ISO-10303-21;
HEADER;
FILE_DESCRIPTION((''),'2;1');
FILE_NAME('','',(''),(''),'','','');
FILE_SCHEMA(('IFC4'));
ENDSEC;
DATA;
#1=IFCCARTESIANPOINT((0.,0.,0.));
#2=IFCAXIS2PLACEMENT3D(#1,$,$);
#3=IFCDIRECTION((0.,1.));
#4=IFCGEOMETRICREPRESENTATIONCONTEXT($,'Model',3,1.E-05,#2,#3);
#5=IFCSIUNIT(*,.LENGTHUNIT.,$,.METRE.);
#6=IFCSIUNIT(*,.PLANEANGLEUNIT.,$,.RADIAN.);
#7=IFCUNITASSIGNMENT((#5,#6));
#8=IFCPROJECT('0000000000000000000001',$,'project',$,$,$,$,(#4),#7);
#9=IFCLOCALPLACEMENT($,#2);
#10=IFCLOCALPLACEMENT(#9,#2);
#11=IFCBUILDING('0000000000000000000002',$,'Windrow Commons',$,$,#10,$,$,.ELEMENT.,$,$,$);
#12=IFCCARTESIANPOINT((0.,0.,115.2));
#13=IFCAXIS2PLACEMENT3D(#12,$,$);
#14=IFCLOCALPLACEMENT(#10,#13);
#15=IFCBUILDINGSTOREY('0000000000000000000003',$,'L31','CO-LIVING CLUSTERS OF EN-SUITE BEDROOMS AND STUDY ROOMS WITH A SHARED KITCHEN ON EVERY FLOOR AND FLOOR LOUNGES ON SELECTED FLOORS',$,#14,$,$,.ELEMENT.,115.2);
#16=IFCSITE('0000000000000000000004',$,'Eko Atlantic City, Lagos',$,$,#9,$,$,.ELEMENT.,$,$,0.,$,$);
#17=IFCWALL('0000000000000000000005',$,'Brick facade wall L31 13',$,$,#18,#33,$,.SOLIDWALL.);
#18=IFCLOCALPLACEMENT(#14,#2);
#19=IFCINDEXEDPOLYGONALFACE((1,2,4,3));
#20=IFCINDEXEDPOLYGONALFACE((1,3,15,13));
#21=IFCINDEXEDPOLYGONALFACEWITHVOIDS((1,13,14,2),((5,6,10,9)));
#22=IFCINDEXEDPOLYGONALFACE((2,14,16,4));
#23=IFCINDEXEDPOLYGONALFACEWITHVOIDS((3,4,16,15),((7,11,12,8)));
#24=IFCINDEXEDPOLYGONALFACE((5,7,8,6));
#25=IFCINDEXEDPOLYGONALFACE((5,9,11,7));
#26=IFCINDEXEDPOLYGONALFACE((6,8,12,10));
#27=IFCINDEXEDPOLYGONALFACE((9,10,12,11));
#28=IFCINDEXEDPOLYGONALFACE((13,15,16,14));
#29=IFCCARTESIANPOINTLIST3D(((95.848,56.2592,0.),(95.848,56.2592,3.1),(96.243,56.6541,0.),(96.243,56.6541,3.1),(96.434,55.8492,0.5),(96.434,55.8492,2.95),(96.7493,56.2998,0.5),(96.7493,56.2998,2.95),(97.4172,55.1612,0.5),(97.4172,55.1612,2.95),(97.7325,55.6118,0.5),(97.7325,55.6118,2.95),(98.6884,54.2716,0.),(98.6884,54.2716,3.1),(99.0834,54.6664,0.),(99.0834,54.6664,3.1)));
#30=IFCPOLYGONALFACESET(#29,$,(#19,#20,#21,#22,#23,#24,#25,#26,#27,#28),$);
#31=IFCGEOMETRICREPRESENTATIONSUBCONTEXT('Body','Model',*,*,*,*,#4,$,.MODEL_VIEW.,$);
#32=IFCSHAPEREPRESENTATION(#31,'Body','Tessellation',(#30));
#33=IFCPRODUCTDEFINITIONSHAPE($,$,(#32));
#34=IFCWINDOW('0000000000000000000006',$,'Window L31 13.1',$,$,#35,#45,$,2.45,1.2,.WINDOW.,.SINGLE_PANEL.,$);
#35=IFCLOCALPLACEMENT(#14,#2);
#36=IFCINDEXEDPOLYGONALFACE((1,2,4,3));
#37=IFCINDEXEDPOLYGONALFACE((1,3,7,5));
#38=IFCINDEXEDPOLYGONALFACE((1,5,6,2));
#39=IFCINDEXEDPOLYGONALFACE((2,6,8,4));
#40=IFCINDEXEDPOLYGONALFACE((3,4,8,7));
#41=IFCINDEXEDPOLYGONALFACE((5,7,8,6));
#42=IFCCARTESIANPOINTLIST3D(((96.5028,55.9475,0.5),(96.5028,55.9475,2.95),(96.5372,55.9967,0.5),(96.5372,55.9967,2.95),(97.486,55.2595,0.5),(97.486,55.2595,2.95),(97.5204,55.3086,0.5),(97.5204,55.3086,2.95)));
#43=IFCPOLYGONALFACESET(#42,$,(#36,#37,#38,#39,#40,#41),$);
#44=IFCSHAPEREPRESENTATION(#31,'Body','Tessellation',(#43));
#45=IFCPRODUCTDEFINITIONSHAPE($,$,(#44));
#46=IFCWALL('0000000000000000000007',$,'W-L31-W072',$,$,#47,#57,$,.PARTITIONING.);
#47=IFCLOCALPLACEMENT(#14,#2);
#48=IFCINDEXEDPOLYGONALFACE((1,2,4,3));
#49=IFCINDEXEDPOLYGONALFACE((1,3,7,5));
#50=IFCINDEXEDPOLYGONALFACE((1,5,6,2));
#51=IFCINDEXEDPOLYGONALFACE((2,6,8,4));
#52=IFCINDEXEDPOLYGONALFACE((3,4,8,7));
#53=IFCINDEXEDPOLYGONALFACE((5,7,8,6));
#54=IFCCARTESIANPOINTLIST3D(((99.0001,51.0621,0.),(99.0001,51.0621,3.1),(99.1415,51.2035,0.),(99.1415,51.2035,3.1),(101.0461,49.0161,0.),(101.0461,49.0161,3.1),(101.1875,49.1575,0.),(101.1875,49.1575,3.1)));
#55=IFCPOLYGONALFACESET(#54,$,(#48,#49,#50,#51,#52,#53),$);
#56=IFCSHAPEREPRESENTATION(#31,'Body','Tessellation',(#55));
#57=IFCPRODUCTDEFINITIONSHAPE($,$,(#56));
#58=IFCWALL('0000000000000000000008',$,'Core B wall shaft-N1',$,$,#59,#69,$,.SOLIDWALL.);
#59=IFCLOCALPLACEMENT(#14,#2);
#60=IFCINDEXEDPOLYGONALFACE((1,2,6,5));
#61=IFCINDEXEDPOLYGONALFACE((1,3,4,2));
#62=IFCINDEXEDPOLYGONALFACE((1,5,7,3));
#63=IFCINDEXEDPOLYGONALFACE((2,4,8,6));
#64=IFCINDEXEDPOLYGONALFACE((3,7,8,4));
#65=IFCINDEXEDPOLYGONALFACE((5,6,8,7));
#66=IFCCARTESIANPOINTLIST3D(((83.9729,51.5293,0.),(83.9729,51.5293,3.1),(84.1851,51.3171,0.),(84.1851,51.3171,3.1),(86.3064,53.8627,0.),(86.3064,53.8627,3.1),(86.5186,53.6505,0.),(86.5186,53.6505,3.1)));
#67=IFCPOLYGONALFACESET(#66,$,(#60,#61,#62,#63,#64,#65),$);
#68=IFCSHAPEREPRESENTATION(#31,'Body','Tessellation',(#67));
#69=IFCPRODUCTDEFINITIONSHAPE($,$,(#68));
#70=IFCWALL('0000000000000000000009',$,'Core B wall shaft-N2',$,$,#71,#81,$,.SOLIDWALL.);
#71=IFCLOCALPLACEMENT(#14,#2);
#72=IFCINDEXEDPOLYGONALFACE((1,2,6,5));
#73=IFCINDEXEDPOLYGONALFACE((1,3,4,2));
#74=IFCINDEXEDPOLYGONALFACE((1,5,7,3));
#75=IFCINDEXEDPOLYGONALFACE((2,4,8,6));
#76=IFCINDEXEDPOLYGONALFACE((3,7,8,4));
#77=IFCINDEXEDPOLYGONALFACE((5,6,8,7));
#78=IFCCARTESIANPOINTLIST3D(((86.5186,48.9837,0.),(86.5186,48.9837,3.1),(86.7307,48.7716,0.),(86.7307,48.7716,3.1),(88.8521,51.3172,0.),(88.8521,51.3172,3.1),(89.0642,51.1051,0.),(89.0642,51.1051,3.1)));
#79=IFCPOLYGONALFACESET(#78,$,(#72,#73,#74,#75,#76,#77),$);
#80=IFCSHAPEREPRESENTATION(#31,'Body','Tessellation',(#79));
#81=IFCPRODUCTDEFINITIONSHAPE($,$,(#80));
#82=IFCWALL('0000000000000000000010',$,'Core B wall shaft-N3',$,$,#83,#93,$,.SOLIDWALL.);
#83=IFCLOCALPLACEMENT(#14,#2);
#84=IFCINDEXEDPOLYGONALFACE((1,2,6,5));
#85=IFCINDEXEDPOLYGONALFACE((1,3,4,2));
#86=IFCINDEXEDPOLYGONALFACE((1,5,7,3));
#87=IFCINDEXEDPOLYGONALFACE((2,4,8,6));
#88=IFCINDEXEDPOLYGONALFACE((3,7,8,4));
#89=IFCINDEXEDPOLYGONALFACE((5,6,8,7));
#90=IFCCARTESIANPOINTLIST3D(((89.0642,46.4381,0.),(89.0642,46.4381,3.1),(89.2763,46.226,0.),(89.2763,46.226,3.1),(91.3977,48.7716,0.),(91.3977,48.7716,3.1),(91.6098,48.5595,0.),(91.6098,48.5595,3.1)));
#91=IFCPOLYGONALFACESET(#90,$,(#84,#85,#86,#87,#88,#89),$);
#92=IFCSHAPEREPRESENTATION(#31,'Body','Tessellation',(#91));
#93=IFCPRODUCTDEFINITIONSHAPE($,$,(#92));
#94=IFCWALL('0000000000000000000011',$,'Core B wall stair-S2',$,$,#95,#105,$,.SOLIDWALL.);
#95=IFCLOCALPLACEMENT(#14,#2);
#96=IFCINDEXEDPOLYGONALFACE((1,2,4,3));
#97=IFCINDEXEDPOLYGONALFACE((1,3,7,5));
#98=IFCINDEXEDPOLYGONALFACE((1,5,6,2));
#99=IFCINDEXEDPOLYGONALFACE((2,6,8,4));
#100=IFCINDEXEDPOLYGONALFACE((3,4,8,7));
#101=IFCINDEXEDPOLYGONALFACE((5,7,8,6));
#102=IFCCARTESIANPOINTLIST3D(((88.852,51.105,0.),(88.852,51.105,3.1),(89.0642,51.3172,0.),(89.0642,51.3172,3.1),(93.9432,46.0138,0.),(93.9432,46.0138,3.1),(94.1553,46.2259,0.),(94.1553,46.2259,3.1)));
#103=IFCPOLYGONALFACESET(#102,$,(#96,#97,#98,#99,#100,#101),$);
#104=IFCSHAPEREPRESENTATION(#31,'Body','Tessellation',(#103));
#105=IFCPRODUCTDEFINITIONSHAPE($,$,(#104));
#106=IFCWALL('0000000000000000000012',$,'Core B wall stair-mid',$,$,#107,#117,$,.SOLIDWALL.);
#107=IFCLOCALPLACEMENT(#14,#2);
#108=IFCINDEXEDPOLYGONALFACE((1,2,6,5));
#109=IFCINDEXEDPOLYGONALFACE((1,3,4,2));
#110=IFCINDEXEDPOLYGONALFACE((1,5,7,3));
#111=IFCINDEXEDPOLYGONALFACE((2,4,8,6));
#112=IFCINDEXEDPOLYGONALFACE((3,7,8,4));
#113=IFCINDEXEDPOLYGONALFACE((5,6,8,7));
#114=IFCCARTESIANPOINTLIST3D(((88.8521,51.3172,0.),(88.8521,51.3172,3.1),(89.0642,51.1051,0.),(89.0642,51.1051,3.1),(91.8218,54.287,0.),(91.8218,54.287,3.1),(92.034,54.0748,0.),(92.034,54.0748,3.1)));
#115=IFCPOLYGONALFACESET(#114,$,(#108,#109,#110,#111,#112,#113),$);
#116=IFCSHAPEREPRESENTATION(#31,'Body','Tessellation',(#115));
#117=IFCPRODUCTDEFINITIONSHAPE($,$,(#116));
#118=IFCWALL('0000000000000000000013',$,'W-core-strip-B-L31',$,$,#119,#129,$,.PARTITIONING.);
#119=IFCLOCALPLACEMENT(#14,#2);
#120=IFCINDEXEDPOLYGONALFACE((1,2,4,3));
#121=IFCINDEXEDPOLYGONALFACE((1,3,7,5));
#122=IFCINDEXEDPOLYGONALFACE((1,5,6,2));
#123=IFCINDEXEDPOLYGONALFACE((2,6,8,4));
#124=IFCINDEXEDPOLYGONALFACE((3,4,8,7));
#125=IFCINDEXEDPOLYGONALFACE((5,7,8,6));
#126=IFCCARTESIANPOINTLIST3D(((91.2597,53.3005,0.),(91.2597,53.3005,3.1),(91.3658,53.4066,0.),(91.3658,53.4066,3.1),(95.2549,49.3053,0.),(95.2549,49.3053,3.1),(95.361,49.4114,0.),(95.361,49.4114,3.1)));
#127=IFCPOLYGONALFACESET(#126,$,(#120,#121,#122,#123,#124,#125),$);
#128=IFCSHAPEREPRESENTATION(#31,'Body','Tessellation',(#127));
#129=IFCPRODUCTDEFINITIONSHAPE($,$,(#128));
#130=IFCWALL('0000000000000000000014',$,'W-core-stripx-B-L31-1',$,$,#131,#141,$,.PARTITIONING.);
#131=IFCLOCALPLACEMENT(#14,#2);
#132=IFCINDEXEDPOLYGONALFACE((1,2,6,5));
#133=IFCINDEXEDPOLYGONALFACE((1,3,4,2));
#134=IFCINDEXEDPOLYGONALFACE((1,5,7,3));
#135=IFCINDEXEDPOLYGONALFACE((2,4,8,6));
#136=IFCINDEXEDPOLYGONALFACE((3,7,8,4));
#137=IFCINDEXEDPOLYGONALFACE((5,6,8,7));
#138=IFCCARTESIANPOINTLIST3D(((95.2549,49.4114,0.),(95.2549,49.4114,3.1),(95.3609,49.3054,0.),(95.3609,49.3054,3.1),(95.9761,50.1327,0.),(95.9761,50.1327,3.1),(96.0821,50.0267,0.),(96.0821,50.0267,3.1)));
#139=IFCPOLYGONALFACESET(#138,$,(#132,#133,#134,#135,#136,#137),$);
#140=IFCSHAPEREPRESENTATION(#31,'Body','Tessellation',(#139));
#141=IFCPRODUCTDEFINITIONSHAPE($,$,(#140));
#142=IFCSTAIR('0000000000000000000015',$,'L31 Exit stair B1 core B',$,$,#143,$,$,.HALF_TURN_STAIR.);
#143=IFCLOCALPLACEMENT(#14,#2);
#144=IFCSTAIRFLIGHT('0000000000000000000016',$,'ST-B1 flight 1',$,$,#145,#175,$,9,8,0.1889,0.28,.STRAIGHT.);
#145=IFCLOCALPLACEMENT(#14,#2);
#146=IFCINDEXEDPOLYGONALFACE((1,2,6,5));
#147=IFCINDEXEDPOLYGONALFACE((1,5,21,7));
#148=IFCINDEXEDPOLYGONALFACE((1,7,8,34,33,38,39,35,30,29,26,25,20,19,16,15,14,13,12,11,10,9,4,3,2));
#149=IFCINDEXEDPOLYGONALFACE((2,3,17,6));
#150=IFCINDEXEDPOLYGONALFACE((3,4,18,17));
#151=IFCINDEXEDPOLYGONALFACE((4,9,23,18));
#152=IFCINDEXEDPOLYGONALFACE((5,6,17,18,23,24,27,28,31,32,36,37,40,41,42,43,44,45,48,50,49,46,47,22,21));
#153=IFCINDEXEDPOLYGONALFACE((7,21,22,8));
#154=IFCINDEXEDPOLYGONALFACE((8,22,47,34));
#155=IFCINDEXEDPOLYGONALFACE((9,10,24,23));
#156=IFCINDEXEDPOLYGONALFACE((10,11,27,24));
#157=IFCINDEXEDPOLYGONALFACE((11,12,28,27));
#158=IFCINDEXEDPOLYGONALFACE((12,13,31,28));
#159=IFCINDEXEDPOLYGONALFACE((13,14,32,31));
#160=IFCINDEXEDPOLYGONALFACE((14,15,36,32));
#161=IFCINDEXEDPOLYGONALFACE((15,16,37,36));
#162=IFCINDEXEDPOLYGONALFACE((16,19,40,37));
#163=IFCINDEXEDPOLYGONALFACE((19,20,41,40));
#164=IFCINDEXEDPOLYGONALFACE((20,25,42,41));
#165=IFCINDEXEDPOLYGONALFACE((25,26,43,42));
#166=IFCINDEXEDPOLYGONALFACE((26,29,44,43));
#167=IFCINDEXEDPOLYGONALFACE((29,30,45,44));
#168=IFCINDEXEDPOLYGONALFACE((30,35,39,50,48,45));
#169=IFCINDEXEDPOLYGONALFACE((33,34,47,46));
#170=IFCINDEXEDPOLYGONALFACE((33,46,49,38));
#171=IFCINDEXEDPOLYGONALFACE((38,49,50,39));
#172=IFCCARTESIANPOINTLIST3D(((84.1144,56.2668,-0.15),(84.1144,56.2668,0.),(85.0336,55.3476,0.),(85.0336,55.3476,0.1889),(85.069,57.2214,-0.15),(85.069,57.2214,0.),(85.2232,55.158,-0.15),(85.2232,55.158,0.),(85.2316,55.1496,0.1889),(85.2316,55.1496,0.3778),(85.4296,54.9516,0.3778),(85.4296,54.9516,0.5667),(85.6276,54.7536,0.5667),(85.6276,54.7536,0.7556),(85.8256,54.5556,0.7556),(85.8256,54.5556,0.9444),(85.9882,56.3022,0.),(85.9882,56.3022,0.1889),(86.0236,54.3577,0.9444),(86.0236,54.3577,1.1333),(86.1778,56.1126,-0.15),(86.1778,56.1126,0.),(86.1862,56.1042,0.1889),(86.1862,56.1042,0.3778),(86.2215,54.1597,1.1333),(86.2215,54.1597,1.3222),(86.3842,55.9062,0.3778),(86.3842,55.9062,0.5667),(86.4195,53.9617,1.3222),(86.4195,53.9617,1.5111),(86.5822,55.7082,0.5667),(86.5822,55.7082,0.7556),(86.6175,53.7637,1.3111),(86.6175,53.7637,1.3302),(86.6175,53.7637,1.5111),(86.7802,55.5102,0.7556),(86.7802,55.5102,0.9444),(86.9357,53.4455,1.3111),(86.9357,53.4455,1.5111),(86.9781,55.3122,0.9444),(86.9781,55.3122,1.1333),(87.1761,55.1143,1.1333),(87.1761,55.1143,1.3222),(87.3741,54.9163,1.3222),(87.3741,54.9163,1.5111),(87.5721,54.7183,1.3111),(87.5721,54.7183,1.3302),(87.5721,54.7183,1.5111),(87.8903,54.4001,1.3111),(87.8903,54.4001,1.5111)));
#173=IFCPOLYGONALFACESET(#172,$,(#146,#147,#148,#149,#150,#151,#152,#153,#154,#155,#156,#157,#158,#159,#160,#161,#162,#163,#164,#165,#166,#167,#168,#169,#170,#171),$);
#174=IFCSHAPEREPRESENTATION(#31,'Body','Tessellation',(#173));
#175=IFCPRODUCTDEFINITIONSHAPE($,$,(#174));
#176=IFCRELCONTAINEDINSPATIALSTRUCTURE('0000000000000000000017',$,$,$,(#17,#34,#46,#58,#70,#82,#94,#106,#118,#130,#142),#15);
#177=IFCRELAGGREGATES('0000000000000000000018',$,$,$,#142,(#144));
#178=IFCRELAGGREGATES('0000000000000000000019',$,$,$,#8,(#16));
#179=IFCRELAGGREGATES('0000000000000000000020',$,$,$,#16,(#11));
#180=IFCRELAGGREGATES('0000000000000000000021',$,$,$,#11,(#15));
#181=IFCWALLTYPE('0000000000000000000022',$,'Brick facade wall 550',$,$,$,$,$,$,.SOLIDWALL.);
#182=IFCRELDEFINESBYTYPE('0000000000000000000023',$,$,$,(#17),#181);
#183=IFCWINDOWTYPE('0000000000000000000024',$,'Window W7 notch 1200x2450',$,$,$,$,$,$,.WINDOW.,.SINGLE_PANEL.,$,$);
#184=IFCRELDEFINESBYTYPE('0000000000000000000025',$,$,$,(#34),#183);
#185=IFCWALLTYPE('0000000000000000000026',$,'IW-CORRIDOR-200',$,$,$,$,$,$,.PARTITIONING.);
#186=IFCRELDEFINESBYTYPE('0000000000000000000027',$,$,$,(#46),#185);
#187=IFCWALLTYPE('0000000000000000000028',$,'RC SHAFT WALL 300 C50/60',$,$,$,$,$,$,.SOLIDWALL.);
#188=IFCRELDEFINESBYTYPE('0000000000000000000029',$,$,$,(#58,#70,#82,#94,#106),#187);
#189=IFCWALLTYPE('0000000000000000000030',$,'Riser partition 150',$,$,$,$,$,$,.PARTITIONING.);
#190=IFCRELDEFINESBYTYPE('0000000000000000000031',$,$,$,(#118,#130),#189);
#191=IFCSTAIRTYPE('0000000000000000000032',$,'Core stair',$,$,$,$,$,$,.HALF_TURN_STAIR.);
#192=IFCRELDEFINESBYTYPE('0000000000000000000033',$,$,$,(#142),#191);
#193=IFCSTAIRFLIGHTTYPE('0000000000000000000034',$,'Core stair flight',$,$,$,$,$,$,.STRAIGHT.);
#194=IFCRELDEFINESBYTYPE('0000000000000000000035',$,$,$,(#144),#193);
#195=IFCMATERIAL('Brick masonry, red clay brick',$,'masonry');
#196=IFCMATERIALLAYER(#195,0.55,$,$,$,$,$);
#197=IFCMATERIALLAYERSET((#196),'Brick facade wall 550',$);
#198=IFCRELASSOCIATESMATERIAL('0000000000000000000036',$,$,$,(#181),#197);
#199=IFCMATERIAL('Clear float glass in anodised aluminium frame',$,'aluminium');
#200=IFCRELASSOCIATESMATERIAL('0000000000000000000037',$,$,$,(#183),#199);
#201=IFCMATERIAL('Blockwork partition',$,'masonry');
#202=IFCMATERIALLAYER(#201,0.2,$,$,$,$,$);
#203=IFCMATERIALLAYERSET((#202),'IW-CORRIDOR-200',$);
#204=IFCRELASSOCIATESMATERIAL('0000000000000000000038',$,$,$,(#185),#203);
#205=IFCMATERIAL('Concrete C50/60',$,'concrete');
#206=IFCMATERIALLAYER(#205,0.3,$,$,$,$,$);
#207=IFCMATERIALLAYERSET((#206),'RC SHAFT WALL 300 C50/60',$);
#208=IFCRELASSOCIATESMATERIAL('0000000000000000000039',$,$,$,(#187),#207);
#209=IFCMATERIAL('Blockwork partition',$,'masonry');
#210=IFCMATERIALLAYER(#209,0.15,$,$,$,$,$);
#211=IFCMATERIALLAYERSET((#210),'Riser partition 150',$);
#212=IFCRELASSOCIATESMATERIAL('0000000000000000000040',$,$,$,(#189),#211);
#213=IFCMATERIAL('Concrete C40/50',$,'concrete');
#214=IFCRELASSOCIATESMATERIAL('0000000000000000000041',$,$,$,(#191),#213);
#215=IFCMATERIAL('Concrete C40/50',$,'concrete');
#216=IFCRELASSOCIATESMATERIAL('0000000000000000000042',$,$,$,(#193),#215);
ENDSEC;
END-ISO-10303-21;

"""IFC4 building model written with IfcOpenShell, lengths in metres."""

from ifc_helpers import new_model, si_unit, direction, frame, frame_2d, origin, place, context, subcontext, project, spatial, polyline, rectangle, outline, extrude, material, layer, layer_set, type_object, element, fill, aggregate, save


model = new_model("IFC4")

# Units and contexts
model_context = context("Model", 3, precision=1e-05, world=origin(), true_north=direction((0.0, 1.0)))
body_context = subcontext(model_context, "Body", "Model", "MODEL_VIEW")
ifc_project = project(units=[si_unit("LENGTHUNIT", "METRE"), si_unit("PLANEANGLEUNIT", "RADIAN")], contexts=[model_context])

# Site, building, storey
site_placement = place(None, origin())
site = spatial("IfcSite", under=ifc_project, at=site_placement, Name="Eko Atlantic City, Lagos", CompositionType="ELEMENT", RefElevation=0.0)
building_placement = place(site_placement, origin())
building = spatial("IfcBuilding", under=site, at=building_placement, Name="Windrow Commons", CompositionType="ELEMENT")
storey_placement = place(building_placement, frame((0.0, 0.0, 115.2)))
storey = spatial("IfcBuildingStorey", under=building, at=storey_placement, Name="L31", Description="CO-LIVING CLUSTERS OF EN-SUITE BEDROOMS AND STUDY ROOMS WITH A SHARED KITCHEN ON EVERY FLOOR AND FLOOR LOUNGES ON SELECTED FLOORS", CompositionType="ELEMENT", Elevation=115.2)

# Wall, opening, window
ifc_material_1 = material(Name="Brick masonry, red clay brick", Category="masonry")
ifc_layer_1 = layer(ifc_material_1, 0.55)
ifc_layer_set_1 = layer_set([ifc_layer_1], Name="Brick facade wall 550")
wall_type_1 = type_object("IfcWallType", Name="Brick facade wall 550", PredefinedType="SOLIDWALL", material=ifc_layer_set_1)
ifc_material_2 = material(Name="Clear float glass in anodised aluminium frame", Category="aluminium")
window_type = type_object("IfcWindowType", Name="Window W7 notch 1200x2450", PartitioningType="SINGLE_PANEL", PredefinedType="WINDOW", material=ifc_material_2)
wall_1_placement = place(storey_placement, frame((98.8859, 54.469, 0.0), z_axis=(0.0, 0.0, 1.0), x_axis=(-0.819311, 0.57335, 0.0)))
wall_1 = element("IfcWall", 1, at=wall_1_placement, inside=storey, type_object=wall_type_1, Name="Brick facade wall L31 13", PredefinedType="SOLIDWALL", context=body_context, shape_type="SweptSolid", body=[
    extrude(outline(polyline([(-0.0486, -0.275), (3.4182, -0.275), (3.5154, 0.275), (0.0486, 0.275), (-0.0486, -0.275)])), origin(), (0.0, 0.0, 1.0), 3.1),
])
opening_1_placement = place(wall_1_placement, frame((1.6002, 0.0, 0.5)))
opening_1 = element("IfcOpeningElement", 2, at=opening_1_placement, cuts=wall_1, PredefinedType="OPENING", context=body_context, shape_type="SweptSolid", body=[
    extrude(rectangle(XDim=1.2, YDim=2.45, at=frame_2d((0.6, 1.225))), frame((0.0, 0.285, 0.0), z_axis=(0.0, -1.0, 0.0), x_axis=(1.0, 0.0, 0.0)), (0.0, 0.0, 1.0), 0.57),
])
window_1_placement = place(opening_1_placement, origin())
window_1 = element("IfcWindow", 3, at=window_1_placement, inside=storey, type_object=window_type, Name="Window L31 13.1", OverallHeight=2.45, OverallWidth=1.2, PartitioningType="SINGLE_PANEL", PredefinedType="WINDOW", context=body_context, shape_type="SweptSolid", body=[
    extrude(rectangle(XDim=1.2, YDim=2.45, at=frame_2d((0.6, 1.225))), frame((0.0, 0.155, 0.0), z_axis=(0.0, -1.0, 0.0), x_axis=(1.0, 0.0, 0.0)), (0.0, 0.0, 1.0), 0.06),
])
fill(opening_1, window_1)

# Walls
ifc_material_3 = material(Name="Blockwork partition", Category="masonry")
ifc_layer_2 = layer(ifc_material_3, 0.2)
ifc_layer_set_2 = layer_set([ifc_layer_2], Name="IW-CORRIDOR-200")
wall_type_2 = type_object("IfcWallType", Name="IW-CORRIDOR-200", PredefinedType="PARTITIONING", material=ifc_layer_set_2)
wall_2_placement = place(storey_placement, frame((99.0708, 51.1328, 0.0), z_axis=(0.0, 0.0, 1.0), x_axis=(0.707107, -0.707107, 0.0)))
element("IfcWall", 4, at=wall_2_placement, inside=storey, type_object=wall_type_2, Name="W-L31-W072", PredefinedType="PARTITIONING", context=body_context, shape_type="SweptSolid", body=[
    extrude(rectangle(XDim=2.8935, YDim=0.2, at=frame_2d((1.4467, 0.0))), origin(), (0.0, 0.0, 1.0), 3.1),
])
ifc_material_4 = material(Name="Concrete C50/60", Category="concrete")
ifc_layer_3 = layer(ifc_material_4, 0.3)
ifc_layer_set_3 = layer_set([ifc_layer_3], Name="RC SHAFT WALL 300 C50/60")
wall_type_3 = type_object("IfcWallType", Name="RC SHAFT WALL 300 C50/60", PredefinedType="SOLIDWALL", material=ifc_layer_set_3)
wall_3_placement = place(storey_placement, frame((84.079, 51.4232, 0.0), z_axis=(0.0, 0.0, 1.0), x_axis=(0.707122, 0.707092, 0.0)))
element("IfcWall", 5, at=wall_3_placement, inside=storey, type_object=wall_type_3, Name="Core B wall shaft-N1", PredefinedType="SOLIDWALL", context=body_context, shape_type="SweptSolid", body=[
    extrude(rectangle(XDim=3.3, YDim=0.3, at=frame_2d((1.65, 0.0))), origin(), (0.0, 0.0, 1.0), 3.1),
])
for number, where, z_axis, x_axis, name in (
    (6, (86.6246, 48.8776, 0.0), (0.0, 0.0, 1.0), (0.707107, 0.707107, 0.0), "Core B wall shaft-N2"),
    (7, (89.1702, 46.332, 0.0), (0.0, 0.0, 1.0), (0.707107, 0.707107, 0.0), "Core B wall shaft-N3"),
):
    element("IfcWall", number, at=place(storey_placement, frame(where, z_axis=z_axis, x_axis=x_axis)), inside=storey, type_object=wall_type_3, Name=name, PredefinedType="SOLIDWALL", context=body_context, shape_type="SweptSolid", body=[
        extrude(rectangle(XDim=3.3001, YDim=0.3, at=frame_2d((1.6501, 0.0))), origin(), (0.0, 0.0, 1.0), 3.1),
    ])
wall_4_placement = place(storey_placement, frame((88.9581, 51.2111, 0.0), z_axis=(0.0, 0.0, 1.0), x_axis=(0.7071, -0.707114, 0.0)))
element("IfcWall", 8, at=wall_4_placement, inside=storey, type_object=wall_type_3, Name="Core B wall stair-S2", PredefinedType="SOLIDWALL", context=body_context, shape_type="SweptSolid", body=[
    extrude(rectangle(XDim=7.2, YDim=0.3, at=frame_2d((3.6, 0.0))), origin(), (0.0, 0.0, 1.0), 3.1),
])
wall_5_placement = place(storey_placement, frame((88.9581, 51.2111, 0.0), z_axis=(0.0, 0.0, 1.0), x_axis=(0.707107, 0.707107, 0.0)))
element("IfcWall", 9, at=wall_5_placement, inside=storey, type_object=wall_type_3, Name="Core B wall stair-mid", PredefinedType="SOLIDWALL", context=body_context, shape_type="SweptSolid", body=[
    extrude(rectangle(XDim=4.1999, YDim=0.3, at=frame_2d((2.1, 0.0))), origin(), (0.0, 0.0, 1.0), 3.1),
])
ifc_material_5 = material(Name="Blockwork partition", Category="masonry")
ifc_layer_4 = layer(ifc_material_5, 0.15)
ifc_layer_set_4 = layer_set([ifc_layer_4], Name="Riser partition 150")
wall_type_4 = type_object("IfcWallType", Name="Riser partition 150", PredefinedType="PARTITIONING", material=ifc_layer_set_4)
wall_6_placement = place(storey_placement, frame((91.3127, 53.3536, 0.0), z_axis=(0.0, 0.0, 1.0), x_axis=(0.707107, -0.707107, 0.0)))
element("IfcWall", 10, at=wall_6_placement, inside=storey, type_object=wall_type_4, Name="W-core-strip-B-L31", PredefinedType="PARTITIONING", context=body_context, shape_type="SweptSolid", body=[
    extrude(rectangle(XDim=5.6501, YDim=0.15, at=frame_2d((2.8251, 0.0))), origin(), (0.0, 0.0, 1.0), 3.1),
])
wall_7_placement = place(storey_placement, frame((95.3079, 49.3584, 0.0), z_axis=(0.0, 0.0, 1.0), x_axis=(0.707058, 0.707156, 0.0)))
element("IfcWall", 11, at=wall_7_placement, inside=storey, type_object=wall_type_4, Name="W-core-stripx-B-L31-1", PredefinedType="PARTITIONING", context=body_context, shape_type="SweptSolid", body=[
    extrude(rectangle(XDim=1.02, YDim=0.15, at=frame_2d((0.51, 0.0))), origin(), (0.0, 0.0, 1.0), 3.1),
])

# Stair, stair flight
ifc_material_6 = material(Name="Concrete C40/50", Category="concrete")
stair_type = type_object("IfcStairType", Name="Core stair", PredefinedType="HALF_TURN_STAIR", material=ifc_material_6)
placement = place(storey_placement, origin())
stair_1 = element("IfcStair", 12, at=placement, inside=storey, type_object=stair_type, Name="L31 Exit stair B1 core B", PredefinedType="HALF_TURN_STAIR")
ifc_material_7 = material(Name="Concrete C40/50", Category="concrete")
stair_flight_type = type_object("IfcStairFlightType", Name="Core stair flight", PredefinedType="STRAIGHT", material=ifc_material_7)
stair_flight_1_placement = place(storey_placement, frame((85.5109, 55.8249, 0.0), z_axis=(0.0, 0.0, 1.0), x_axis=(0.707107, -0.707107, 0.0)))
stair_flight_1 = element("IfcStairFlight", 13, at=stair_flight_1_placement, type_object=stair_flight_type, Name="ST-B1 flight 1", NumberOfRisers=9, NumberOfTreads=8, PredefinedType="STRAIGHT", RiserHeight=0.1889, TreadLength=0.28, context=body_context, shape_type="SweptSolid", body=[
    extrude(outline(polyline([(-1.3, -0.15), (-1.3, 0.0), (0.0, 0.0), (0.0, 0.1889), (0.28, 0.1889), (0.28, 0.3778), (0.56, 0.3778), (0.56, 0.5667), (0.84, 0.5667), (0.84, 0.7556), (1.12, 0.7556), (1.12, 0.9444), (1.4, 0.9444), (1.4, 1.1333), (1.68, 1.1333), (1.68, 1.3222), (1.96, 1.3222), (1.96, 1.5111), (2.24, 1.5111), (2.69, 1.5111), (2.69, 1.3111), (2.24, 1.3111), (2.24, 1.3302), (0.2682, 0.0), (0.2682, -0.15), (-1.3, -0.15)])), frame((0.0, 0.675, 0.0), z_axis=(0.0, -1.0, 0.0), x_axis=(1.0, 0.0, 0.0)), (0.0, 0.0, 1.0), 1.35),
])
aggregate(stair_1, [stair_flight_1])

save(model, "model.ifc")
